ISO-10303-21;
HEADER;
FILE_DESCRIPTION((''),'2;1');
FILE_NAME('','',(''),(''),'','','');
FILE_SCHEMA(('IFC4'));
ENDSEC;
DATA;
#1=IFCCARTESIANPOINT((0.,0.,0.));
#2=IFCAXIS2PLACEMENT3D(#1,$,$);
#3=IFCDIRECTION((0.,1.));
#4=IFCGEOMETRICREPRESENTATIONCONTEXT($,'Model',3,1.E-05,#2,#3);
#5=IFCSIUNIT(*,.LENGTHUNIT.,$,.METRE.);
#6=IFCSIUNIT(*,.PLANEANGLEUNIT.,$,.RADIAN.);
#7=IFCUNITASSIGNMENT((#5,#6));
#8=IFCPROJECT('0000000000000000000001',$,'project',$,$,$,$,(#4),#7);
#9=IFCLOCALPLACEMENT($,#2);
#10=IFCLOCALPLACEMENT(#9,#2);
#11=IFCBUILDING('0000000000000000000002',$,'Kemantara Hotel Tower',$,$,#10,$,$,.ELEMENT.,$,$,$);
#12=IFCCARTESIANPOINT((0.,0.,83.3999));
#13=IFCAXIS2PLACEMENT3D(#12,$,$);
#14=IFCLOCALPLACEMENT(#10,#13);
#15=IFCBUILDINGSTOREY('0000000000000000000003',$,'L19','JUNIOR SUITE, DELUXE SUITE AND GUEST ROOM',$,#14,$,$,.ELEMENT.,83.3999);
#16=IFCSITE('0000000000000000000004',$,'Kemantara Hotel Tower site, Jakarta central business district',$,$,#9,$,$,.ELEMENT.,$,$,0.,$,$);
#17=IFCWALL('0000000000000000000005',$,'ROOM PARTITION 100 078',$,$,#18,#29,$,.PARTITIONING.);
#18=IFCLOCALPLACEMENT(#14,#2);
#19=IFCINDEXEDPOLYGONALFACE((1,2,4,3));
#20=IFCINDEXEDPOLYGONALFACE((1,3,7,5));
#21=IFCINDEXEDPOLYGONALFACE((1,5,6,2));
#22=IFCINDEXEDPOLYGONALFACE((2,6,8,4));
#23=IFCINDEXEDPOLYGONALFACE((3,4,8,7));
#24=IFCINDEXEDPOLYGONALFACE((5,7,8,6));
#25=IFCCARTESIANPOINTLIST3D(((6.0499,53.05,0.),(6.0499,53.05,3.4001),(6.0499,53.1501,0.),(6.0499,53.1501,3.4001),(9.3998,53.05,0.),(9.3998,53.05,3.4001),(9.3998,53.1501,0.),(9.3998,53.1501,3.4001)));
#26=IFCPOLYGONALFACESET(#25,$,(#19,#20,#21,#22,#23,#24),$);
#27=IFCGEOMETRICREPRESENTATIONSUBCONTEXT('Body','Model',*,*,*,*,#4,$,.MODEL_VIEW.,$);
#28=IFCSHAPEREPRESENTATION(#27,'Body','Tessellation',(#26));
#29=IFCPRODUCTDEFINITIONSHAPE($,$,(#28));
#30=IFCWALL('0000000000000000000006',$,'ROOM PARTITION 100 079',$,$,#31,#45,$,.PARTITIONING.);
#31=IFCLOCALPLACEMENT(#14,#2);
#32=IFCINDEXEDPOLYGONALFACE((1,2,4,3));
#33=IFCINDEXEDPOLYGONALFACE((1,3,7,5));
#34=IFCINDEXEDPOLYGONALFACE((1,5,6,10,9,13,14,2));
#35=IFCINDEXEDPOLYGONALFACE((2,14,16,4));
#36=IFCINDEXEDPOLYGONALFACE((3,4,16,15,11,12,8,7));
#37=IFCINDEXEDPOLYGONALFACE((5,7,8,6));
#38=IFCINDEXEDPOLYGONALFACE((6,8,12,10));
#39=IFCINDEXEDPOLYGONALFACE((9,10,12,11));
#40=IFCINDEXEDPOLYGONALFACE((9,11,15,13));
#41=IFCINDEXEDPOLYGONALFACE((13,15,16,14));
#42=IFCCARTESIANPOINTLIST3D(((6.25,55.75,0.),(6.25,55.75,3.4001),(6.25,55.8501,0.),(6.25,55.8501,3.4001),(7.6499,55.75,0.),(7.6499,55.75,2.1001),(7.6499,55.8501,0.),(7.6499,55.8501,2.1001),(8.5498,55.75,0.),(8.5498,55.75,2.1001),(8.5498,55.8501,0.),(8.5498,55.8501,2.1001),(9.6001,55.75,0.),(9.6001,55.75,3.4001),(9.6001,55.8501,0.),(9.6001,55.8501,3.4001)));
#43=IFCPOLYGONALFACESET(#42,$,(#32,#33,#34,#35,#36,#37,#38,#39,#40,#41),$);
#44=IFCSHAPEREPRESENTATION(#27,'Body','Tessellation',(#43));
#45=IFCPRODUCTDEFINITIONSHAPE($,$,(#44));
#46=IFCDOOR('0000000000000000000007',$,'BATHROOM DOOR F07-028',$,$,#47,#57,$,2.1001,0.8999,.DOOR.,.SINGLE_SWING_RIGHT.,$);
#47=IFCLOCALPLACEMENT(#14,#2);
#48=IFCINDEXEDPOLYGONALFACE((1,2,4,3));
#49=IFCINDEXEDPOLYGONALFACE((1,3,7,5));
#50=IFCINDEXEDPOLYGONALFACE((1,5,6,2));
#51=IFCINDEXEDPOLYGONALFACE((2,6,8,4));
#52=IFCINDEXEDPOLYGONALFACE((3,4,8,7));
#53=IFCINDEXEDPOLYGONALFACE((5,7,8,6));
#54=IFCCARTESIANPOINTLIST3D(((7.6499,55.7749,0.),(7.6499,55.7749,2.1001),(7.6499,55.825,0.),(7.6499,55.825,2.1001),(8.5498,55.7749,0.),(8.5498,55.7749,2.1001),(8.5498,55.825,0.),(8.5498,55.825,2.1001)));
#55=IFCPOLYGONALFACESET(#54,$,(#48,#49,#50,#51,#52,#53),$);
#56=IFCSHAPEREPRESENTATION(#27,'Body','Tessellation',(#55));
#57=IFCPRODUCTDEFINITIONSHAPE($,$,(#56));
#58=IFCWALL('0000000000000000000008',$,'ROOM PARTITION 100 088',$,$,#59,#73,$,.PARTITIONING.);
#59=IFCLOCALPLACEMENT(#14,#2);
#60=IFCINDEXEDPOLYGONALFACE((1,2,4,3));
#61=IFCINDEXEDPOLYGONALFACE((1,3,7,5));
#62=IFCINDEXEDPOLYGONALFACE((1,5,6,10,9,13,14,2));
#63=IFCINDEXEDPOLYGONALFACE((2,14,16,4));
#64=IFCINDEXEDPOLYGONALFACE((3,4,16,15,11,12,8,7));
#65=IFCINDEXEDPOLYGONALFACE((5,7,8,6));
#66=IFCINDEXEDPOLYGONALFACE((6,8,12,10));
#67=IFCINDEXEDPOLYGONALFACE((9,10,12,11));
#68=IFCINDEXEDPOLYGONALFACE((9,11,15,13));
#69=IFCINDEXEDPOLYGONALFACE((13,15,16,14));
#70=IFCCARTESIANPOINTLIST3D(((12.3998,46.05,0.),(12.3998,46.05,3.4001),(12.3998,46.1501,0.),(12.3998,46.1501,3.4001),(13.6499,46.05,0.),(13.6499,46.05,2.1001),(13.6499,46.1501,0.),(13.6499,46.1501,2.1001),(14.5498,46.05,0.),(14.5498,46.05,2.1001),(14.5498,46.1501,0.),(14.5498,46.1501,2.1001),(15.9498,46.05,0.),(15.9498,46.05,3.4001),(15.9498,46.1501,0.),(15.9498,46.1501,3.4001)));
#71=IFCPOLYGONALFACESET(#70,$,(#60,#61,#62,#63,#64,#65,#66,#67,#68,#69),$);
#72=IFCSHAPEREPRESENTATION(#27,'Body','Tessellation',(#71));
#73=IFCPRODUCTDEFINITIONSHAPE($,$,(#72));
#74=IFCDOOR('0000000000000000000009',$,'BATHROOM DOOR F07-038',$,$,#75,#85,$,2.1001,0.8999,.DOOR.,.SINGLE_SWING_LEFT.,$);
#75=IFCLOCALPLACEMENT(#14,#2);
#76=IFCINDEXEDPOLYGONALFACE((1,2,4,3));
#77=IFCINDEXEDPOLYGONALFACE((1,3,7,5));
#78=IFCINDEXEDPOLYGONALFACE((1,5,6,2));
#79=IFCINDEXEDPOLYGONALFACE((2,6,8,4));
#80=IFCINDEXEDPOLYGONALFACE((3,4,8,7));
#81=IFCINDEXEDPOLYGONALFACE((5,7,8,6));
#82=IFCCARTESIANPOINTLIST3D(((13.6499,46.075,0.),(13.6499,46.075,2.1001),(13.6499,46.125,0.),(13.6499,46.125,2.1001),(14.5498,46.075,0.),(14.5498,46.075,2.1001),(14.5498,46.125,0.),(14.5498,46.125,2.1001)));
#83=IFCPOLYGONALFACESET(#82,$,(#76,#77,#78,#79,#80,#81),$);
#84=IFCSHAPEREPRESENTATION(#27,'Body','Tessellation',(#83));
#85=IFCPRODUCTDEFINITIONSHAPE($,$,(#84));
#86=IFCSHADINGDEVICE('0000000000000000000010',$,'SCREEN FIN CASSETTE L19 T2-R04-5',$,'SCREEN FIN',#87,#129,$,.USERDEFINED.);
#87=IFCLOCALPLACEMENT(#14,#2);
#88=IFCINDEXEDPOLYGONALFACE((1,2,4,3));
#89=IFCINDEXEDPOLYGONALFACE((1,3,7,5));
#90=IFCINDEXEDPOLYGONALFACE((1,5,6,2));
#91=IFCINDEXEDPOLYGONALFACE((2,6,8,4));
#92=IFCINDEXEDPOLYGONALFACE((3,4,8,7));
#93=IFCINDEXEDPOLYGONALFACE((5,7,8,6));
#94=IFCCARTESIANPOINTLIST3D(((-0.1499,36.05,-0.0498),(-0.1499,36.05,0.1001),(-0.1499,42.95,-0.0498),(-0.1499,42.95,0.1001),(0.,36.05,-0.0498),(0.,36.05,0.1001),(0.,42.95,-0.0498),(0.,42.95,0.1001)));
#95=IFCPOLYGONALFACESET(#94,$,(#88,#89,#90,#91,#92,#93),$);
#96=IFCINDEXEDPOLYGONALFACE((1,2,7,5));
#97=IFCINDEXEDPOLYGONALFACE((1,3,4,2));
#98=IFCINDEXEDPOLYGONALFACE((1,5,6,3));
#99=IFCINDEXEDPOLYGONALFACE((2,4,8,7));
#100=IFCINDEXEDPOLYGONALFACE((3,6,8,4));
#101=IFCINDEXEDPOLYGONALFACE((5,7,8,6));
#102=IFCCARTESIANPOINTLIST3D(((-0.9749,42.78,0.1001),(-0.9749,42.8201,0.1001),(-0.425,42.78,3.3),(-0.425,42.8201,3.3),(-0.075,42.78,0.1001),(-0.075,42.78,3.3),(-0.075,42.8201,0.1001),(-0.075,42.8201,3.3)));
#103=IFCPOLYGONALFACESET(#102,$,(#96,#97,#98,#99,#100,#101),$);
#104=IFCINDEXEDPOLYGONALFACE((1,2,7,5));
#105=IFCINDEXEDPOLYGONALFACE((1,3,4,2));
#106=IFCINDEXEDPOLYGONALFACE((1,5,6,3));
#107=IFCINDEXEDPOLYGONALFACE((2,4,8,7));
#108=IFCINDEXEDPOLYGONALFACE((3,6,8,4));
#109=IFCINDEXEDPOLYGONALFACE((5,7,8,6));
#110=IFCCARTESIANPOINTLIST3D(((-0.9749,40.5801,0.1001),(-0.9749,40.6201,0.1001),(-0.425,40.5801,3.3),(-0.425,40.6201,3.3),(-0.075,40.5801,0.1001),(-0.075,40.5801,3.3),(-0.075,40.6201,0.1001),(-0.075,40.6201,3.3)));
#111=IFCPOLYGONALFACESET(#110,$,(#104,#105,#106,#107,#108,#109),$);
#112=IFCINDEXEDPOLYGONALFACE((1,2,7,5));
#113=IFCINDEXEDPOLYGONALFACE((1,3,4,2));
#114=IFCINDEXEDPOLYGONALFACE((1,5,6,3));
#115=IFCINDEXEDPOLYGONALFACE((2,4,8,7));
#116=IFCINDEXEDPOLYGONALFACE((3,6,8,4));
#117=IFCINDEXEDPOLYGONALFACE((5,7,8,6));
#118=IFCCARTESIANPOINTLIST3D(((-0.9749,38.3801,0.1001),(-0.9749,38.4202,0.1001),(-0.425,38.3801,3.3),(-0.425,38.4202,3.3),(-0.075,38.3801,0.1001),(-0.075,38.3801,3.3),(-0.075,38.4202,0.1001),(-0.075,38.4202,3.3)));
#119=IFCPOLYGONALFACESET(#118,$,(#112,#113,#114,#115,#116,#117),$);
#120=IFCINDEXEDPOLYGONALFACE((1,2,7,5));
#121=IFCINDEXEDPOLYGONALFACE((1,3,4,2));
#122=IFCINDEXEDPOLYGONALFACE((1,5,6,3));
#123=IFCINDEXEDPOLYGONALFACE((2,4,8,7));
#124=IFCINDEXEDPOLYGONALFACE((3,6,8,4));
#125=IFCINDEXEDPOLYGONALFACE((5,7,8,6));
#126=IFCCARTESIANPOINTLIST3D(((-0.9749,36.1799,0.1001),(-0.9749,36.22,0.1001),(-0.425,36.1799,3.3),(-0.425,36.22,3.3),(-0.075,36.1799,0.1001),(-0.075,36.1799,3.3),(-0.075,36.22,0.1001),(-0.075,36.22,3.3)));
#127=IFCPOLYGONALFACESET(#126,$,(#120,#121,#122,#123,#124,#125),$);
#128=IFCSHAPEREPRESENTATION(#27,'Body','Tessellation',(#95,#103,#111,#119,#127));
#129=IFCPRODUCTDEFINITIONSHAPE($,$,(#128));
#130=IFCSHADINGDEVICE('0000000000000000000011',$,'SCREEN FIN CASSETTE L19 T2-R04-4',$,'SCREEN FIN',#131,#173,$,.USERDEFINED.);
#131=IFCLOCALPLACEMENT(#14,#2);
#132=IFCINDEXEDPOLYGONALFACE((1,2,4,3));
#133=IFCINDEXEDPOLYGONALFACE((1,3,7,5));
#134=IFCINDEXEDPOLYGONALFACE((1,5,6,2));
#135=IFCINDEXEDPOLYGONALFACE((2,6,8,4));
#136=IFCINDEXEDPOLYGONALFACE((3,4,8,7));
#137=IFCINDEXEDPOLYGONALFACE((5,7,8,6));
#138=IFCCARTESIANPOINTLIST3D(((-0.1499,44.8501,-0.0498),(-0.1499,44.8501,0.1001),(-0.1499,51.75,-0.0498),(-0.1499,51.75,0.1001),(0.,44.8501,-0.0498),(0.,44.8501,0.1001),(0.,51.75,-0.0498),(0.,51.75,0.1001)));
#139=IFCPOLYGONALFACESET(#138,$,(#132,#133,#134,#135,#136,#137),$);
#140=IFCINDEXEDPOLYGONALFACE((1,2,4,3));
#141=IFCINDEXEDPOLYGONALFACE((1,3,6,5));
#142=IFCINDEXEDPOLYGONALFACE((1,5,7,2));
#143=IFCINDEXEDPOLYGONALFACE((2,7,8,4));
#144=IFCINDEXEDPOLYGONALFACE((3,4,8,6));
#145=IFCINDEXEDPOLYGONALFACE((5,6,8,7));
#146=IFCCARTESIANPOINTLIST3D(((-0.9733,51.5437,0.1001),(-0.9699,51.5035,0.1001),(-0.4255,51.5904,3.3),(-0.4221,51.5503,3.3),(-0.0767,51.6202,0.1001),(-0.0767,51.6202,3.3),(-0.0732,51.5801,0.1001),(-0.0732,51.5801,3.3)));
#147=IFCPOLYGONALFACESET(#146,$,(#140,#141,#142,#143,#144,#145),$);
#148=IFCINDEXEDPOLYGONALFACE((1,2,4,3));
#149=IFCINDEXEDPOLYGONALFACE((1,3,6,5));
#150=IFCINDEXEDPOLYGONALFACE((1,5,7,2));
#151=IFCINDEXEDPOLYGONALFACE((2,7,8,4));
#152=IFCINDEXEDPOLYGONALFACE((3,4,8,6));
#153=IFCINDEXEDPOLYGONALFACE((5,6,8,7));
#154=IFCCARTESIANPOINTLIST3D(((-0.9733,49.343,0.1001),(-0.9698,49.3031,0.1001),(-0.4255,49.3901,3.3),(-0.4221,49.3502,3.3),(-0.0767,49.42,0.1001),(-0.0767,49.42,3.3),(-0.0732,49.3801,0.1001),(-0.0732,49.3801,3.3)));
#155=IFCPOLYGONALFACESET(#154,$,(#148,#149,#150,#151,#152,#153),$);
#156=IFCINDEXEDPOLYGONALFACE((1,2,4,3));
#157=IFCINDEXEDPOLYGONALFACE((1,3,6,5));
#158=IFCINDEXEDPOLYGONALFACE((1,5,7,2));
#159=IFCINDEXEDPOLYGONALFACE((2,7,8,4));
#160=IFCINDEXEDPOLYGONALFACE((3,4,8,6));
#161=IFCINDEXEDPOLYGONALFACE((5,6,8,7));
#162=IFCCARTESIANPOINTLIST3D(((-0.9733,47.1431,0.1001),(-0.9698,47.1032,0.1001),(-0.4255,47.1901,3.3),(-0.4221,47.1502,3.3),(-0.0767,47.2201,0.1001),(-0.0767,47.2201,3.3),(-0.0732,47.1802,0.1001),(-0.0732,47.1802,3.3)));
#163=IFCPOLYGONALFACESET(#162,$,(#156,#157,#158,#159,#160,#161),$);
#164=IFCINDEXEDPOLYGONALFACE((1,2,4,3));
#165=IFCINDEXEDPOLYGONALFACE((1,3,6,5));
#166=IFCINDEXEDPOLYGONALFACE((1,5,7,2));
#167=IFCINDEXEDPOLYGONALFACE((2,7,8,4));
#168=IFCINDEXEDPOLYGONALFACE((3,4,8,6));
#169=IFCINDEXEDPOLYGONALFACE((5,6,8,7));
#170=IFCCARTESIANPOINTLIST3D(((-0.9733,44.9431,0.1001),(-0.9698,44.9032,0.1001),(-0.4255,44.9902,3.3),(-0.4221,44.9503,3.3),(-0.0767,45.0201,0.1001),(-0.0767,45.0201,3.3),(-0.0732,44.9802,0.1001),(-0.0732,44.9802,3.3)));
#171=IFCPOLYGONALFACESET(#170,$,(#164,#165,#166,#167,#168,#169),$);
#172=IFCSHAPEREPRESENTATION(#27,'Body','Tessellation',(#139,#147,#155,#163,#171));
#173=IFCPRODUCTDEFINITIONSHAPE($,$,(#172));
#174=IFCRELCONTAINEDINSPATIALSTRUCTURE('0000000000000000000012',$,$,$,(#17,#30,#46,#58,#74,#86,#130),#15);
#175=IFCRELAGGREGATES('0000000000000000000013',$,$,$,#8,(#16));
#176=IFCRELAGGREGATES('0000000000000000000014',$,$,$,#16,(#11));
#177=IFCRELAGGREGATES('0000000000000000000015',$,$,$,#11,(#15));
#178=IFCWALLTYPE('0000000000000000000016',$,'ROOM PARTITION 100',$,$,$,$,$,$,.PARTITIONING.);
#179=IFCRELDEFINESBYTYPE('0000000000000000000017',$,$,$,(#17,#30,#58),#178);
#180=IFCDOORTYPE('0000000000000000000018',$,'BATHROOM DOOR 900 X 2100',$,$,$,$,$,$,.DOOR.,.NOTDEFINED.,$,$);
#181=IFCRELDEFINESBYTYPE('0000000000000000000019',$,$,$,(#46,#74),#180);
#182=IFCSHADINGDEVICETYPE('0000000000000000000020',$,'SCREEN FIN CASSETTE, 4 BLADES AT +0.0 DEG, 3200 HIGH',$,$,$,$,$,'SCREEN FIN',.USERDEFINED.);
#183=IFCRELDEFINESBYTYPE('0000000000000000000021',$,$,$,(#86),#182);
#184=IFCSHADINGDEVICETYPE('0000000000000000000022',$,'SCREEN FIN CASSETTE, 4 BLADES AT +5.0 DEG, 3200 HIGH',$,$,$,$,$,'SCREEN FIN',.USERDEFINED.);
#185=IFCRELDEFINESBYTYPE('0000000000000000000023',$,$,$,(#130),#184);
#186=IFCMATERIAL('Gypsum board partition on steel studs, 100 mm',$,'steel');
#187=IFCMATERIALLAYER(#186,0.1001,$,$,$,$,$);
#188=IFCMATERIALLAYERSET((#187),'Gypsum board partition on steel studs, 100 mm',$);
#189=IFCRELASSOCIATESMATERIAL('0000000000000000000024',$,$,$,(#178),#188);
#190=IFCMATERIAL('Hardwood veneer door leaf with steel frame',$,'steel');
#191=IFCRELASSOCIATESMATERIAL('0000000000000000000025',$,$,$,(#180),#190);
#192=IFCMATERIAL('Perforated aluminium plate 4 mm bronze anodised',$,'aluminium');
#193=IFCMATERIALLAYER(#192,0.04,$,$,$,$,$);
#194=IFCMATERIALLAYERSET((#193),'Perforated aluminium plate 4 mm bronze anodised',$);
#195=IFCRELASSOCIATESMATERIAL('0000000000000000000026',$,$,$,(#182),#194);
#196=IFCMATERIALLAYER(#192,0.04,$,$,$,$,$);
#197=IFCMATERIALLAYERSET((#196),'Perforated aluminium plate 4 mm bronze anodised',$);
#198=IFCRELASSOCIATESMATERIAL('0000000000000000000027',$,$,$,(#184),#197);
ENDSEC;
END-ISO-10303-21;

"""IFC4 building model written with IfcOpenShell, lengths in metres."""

from ifc_helpers import new_model, si_unit, direction, frame, frame_2d, origin, origin_2d, place, context, subcontext, project, spatial, polyline, rectangle, outline, extrude, source, transform, mapped, material, layer, layer_set, type_object, element, fill, save


model = new_model("IFC4")

# Units and contexts
model_context = context("Model", 3, precision=1e-05, world=origin(), true_north=direction((0.0, 1.0)))
body_context = subcontext(model_context, "Body", "Model", "MODEL_VIEW")
ifc_project = project(units=[si_unit("LENGTHUNIT", "METRE"), si_unit("PLANEANGLEUNIT", "RADIAN")], contexts=[model_context])

# Site, building, storey
site_placement = place(None, origin())
site = spatial("IfcSite", under=ifc_project, at=site_placement, Name="Kemantara Hotel Tower site, Jakarta central business district", CompositionType="ELEMENT", RefElevation=0.0)
building_placement = place(site_placement, origin())
building = spatial("IfcBuilding", under=site, at=building_placement, Name="Kemantara Hotel Tower", CompositionType="ELEMENT")
storey_placement = place(building_placement, frame((0.0, 0.0, 83.3999)))
storey = spatial("IfcBuildingStorey", under=building, at=storey_placement, Name="L19", Description="JUNIOR SUITE, DELUXE SUITE AND GUEST ROOM", CompositionType="ELEMENT", Elevation=83.3999)

# Shared definitions
ifc_material_1 = material(Name="Hardwood veneer door leaf with steel frame", Category="steel")

# Shared definitions
ifc_material_2 = material(Name="Gypsum board partition on steel studs, 100 mm", Category="steel")
ifc_layer_1 = layer(ifc_material_2, 0.1001)
ifc_layer_set_1 = layer_set([ifc_layer_1], Name="Gypsum board partition on steel studs, 100 mm")
wall_type_1 = type_object("IfcWallType", Name="ROOM PARTITION 100", PredefinedType="PARTITIONING", material=ifc_layer_set_1)

# Shared definitions
door_type_1 = type_object("IfcDoorType", Name="BATHROOM DOOR 900 X 2100", OperationType="NOTDEFINED", PredefinedType="DOOR", material=ifc_material_1)

# Wall
wall_1_placement = place(storey_placement, frame((6.05, 53.1001, 0.0), z_axis=(0.0, 0.0, 1.0), x_axis=(1.0, 0.0, 0.0)))
element("IfcWall", 1, at=wall_1_placement, inside=storey, type_object=wall_type_1, Name="ROOM PARTITION 100 078", PredefinedType="PARTITIONING", context=body_context, shape_type="SweptSolid", body=[
    extrude(rectangle(XDim=3.3499, YDim=0.1001, at=frame_2d((1.6748, 0.0))), origin(), (0.0, 0.0, 1.0), 3.4001),
])

# Walls, openings, doors
wall_2_placement = place(storey_placement, frame((6.25, 55.8, 0.0), z_axis=(0.0, 0.0, 1.0), x_axis=(1.0, 0.0, 0.0)))
wall_2 = element("IfcWall", 2, at=wall_2_placement, inside=storey, type_object=wall_type_1, Name="ROOM PARTITION 100 079", PredefinedType="PARTITIONING", context=body_context, shape_type="SweptSolid", body=[
    extrude(rectangle(XDim=3.3501, YDim=0.1001, at=frame_2d((1.675, 0.0))), origin(), (0.0, 0.0, 1.0), 3.4001),
])
opening_1_placement = place(wall_2_placement, frame((1.3999, 0.0, 0.0)))
opening_1 = element("IfcOpeningElement", 3, at=opening_1_placement, cuts=wall_2, PredefinedType="OPENING", context=body_context, shape_type="SweptSolid", body=[
    extrude(rectangle(XDim=0.8999, YDim=2.1001, at=frame_2d((0.45, 1.05))), frame((0.0, 0.0601, 0.0), z_axis=(0.0, -1.0, 0.0), x_axis=(1.0, 0.0, 0.0)), (0.0, 0.0, 1.0), 0.1201),
])
door_1_placement = place(opening_1_placement, origin())
door_1 = element("IfcDoor", 4, at=door_1_placement, inside=storey, type_object=door_type_1, Name="BATHROOM DOOR F07-028", OperationType="SINGLE_SWING_RIGHT", OverallHeight=2.1001, OverallWidth=0.8999, PredefinedType="DOOR", context=body_context, shape_type="SweptSolid", body=[
    extrude(rectangle(XDim=0.8999, YDim=2.1001, at=frame_2d((0.45, 1.05))), frame((0.0, 0.0249, 0.0), z_axis=(0.0, -1.0, 0.0), x_axis=(1.0, 0.0, 0.0)), (0.0, 0.0, 1.0), 0.05),
])
fill(opening_1, door_1)
wall_3_placement = place(storey_placement, frame((12.3999, 46.1001, 0.0), z_axis=(0.0, 0.0, 1.0), x_axis=(1.0, 0.0, 0.0)))
wall_3 = element("IfcWall", 5, at=wall_3_placement, inside=storey, type_object=wall_type_1, Name="ROOM PARTITION 100 088", PredefinedType="PARTITIONING", context=body_context, shape_type="SweptSolid", body=[
    extrude(rectangle(XDim=3.55, YDim=0.1001, at=frame_2d((1.7749, 0.0))), origin(), (0.0, 0.0, 1.0), 3.4001),
])
opening_2_placement = place(wall_3_placement, frame((1.25, 0.0, 0.0)))
opening_2 = element("IfcOpeningElement", 6, at=opening_2_placement, cuts=wall_3, PredefinedType="OPENING", context=body_context, shape_type="SweptSolid", body=[
    extrude(rectangle(XDim=0.8999, YDim=2.1001, at=frame_2d((0.45, 1.05))), frame((0.0, 0.0601, 0.0), z_axis=(0.0, -1.0, 0.0), x_axis=(1.0, 0.0, 0.0)), (0.0, 0.0, 1.0), 0.1201),
])
door_2_placement = place(opening_2_placement, origin())
door_2 = element("IfcDoor", 7, at=door_2_placement, inside=storey, type_object=door_type_1, Name="BATHROOM DOOR F07-038", OperationType="SINGLE_SWING_LEFT", OverallHeight=2.1001, OverallWidth=0.8999, PredefinedType="DOOR", context=body_context, shape_type="SweptSolid", body=[
    extrude(rectangle(XDim=0.8999, YDim=2.1001, at=frame_2d((0.45, 1.05))), frame((0.0, 0.0249, 0.0), z_axis=(0.0, -1.0, 0.0), x_axis=(1.0, 0.0, 0.0)), (0.0, 0.0, 1.0), 0.05),
])
fill(opening_2, door_2)

# Shading devices
ifc_material_3 = material(Name="Perforated aluminium plate 4 mm bronze anodised", Category="aluminium")
ifc_layer_2 = layer(ifc_material_3, 0.04)
ifc_layer_set_2 = layer_set([ifc_layer_2], Name="Perforated aluminium plate 4 mm bronze anodised")
shading_device_type_1 = type_object("IfcShadingDeviceType", Name="SCREEN FIN CASSETTE, 4 BLADES AT +0.0 DEG, 3200 HIGH", ElementType="SCREEN FIN", PredefinedType="USERDEFINED", material=ifc_layer_set_2)
shared_shape_1 = source(origin(), body_context, "Body", "SweptSolid", [
    extrude(rectangle(XDim=6.8999, YDim=0.1499, at=origin_2d()), frame((3.3, -0.075, -0.1499), z_axis=(0.0, 0.0, 1.0), x_axis=(1.0, 0.0, 0.0)), (0.0, 0.0, 1.0), 0.1499),
    extrude(outline(polyline([(0.0, 0.0), (0.8999, 0.0), (0.3501, 3.2), (0.0, 3.2), (0.0, 0.0)])), frame((0.02, -0.075, 0.0), z_axis=(-1.0, 0.0, 0.0), x_axis=(0.0, -1.0, 0.0)), (0.0, 0.0, 1.0), 0.04),
    extrude(outline(polyline([(0.0, 0.0), (0.8999, 0.0), (0.3501, 3.2), (0.0, 3.2), (0.0, 0.0)])), frame((2.22, -0.075, 0.0), z_axis=(-1.0, 0.0, 0.0), x_axis=(0.0, -1.0, 0.0)), (0.0, 0.0, 1.0), 0.04),
    extrude(outline(polyline([(0.0, 0.0), (0.8999, 0.0), (0.3501, 3.2), (0.0, 3.2), (0.0, 0.0)])), frame((4.4199, -0.075, 0.0), z_axis=(-1.0, 0.0, 0.0), x_axis=(0.0, -1.0, 0.0)), (0.0, 0.0, 1.0), 0.04),
    extrude(outline(polyline([(0.0, 0.0), (0.8999, 0.0), (0.3501, 3.2), (0.0, 3.2), (0.0, 0.0)])), frame((6.6201, -0.075, 0.0), z_axis=(-1.0, 0.0, 0.0), x_axis=(0.0, -1.0, 0.0)), (0.0, 0.0, 1.0), 0.04),
])
shading_device_1_placement = place(storey_placement, frame((0.0, 42.8, 0.1001), z_axis=(0.0, 0.0, 1.0), x_axis=(0.0, -1.0, 0.0)))
element("IfcShadingDevice", 8, at=shading_device_1_placement, inside=storey, type_object=shading_device_type_1, Name="SCREEN FIN CASSETTE L19 T2-R04-5", ObjectType="SCREEN FIN", PredefinedType="USERDEFINED", context=body_context, shape_type="MappedRepresentation", body=[
    mapped(shared_shape_1, transform((0.0, 0.0, 0.0))),
])
ifc_layer_3 = layer(ifc_material_3, 0.04)
ifc_layer_set_3 = layer_set([ifc_layer_3], Name="Perforated aluminium plate 4 mm bronze anodised")
shading_device_type_2 = type_object("IfcShadingDeviceType", Name="SCREEN FIN CASSETTE, 4 BLADES AT +5.0 DEG, 3200 HIGH", ElementType="SCREEN FIN", PredefinedType="USERDEFINED", material=ifc_layer_set_3)
shared_shape_2 = source(origin(), body_context, "Body", "SweptSolid", [
    extrude(rectangle(XDim=6.8999, YDim=0.1499, at=origin_2d()), frame((3.3, -0.075, -0.1499), z_axis=(0.0, 0.0, 1.0), x_axis=(1.0, 0.0, 0.0)), (0.0, 0.0, 1.0), 0.1499),
    extrude(outline(polyline([(0.0, 0.0), (0.8999, 0.0), (0.3501, 3.2), (0.0, 3.2), (0.0, 0.0)])), frame((0.02, -0.0732, 0.0), z_axis=(-0.996376, -0.085056, 0.0), x_axis=(0.085056, -0.996376, 0.0)), (0.0, 0.0, 1.0), 0.0403),
    extrude(outline(polyline([(0.0, 0.0), (0.8999, 0.0), (0.3501, 3.2), (0.0, 3.2), (0.0, 0.0)])), frame((2.22, -0.0732, 0.0), z_axis=(-0.996332, -0.085575, 0.0), x_axis=(0.085575, -0.996332, 0.0)), (0.0, 0.0, 1.0), 0.04),
    extrude(outline(polyline([(0.0, 0.0), (0.8999, 0.0), (0.3501, 3.2), (0.0, 3.2), (0.0, 0.0)])), frame((4.4199, -0.0732, 0.0), z_axis=(-0.996332, -0.085575, 0.0), x_axis=(0.085575, -0.996332, 0.0)), (0.0, 0.0, 1.0), 0.04),
    extrude(outline(polyline([(0.0, 0.0), (0.8999, 0.0), (0.3501, 3.2), (0.0, 3.2), (0.0, 0.0)])), frame((6.6199, -0.0732, 0.0), z_axis=(-0.996332, -0.085575, 0.0), x_axis=(0.085575, -0.996332, 0.0)), (0.0, 0.0, 1.0), 0.04),
])
shading_device_2_placement = place(storey_placement, frame((0.0, 51.6001, 0.1001), z_axis=(0.0, 0.0, 1.0), x_axis=(0.0, -1.0, 0.0)))
element("IfcShadingDevice", 9, at=shading_device_2_placement, inside=storey, type_object=shading_device_type_2, Name="SCREEN FIN CASSETTE L19 T2-R04-4", ObjectType="SCREEN FIN", PredefinedType="USERDEFINED", context=body_context, shape_type="MappedRepresentation", body=[
    mapped(shared_shape_2, transform((0.0, 0.0, 0.0))),
])

save(model, "model.ifc")
